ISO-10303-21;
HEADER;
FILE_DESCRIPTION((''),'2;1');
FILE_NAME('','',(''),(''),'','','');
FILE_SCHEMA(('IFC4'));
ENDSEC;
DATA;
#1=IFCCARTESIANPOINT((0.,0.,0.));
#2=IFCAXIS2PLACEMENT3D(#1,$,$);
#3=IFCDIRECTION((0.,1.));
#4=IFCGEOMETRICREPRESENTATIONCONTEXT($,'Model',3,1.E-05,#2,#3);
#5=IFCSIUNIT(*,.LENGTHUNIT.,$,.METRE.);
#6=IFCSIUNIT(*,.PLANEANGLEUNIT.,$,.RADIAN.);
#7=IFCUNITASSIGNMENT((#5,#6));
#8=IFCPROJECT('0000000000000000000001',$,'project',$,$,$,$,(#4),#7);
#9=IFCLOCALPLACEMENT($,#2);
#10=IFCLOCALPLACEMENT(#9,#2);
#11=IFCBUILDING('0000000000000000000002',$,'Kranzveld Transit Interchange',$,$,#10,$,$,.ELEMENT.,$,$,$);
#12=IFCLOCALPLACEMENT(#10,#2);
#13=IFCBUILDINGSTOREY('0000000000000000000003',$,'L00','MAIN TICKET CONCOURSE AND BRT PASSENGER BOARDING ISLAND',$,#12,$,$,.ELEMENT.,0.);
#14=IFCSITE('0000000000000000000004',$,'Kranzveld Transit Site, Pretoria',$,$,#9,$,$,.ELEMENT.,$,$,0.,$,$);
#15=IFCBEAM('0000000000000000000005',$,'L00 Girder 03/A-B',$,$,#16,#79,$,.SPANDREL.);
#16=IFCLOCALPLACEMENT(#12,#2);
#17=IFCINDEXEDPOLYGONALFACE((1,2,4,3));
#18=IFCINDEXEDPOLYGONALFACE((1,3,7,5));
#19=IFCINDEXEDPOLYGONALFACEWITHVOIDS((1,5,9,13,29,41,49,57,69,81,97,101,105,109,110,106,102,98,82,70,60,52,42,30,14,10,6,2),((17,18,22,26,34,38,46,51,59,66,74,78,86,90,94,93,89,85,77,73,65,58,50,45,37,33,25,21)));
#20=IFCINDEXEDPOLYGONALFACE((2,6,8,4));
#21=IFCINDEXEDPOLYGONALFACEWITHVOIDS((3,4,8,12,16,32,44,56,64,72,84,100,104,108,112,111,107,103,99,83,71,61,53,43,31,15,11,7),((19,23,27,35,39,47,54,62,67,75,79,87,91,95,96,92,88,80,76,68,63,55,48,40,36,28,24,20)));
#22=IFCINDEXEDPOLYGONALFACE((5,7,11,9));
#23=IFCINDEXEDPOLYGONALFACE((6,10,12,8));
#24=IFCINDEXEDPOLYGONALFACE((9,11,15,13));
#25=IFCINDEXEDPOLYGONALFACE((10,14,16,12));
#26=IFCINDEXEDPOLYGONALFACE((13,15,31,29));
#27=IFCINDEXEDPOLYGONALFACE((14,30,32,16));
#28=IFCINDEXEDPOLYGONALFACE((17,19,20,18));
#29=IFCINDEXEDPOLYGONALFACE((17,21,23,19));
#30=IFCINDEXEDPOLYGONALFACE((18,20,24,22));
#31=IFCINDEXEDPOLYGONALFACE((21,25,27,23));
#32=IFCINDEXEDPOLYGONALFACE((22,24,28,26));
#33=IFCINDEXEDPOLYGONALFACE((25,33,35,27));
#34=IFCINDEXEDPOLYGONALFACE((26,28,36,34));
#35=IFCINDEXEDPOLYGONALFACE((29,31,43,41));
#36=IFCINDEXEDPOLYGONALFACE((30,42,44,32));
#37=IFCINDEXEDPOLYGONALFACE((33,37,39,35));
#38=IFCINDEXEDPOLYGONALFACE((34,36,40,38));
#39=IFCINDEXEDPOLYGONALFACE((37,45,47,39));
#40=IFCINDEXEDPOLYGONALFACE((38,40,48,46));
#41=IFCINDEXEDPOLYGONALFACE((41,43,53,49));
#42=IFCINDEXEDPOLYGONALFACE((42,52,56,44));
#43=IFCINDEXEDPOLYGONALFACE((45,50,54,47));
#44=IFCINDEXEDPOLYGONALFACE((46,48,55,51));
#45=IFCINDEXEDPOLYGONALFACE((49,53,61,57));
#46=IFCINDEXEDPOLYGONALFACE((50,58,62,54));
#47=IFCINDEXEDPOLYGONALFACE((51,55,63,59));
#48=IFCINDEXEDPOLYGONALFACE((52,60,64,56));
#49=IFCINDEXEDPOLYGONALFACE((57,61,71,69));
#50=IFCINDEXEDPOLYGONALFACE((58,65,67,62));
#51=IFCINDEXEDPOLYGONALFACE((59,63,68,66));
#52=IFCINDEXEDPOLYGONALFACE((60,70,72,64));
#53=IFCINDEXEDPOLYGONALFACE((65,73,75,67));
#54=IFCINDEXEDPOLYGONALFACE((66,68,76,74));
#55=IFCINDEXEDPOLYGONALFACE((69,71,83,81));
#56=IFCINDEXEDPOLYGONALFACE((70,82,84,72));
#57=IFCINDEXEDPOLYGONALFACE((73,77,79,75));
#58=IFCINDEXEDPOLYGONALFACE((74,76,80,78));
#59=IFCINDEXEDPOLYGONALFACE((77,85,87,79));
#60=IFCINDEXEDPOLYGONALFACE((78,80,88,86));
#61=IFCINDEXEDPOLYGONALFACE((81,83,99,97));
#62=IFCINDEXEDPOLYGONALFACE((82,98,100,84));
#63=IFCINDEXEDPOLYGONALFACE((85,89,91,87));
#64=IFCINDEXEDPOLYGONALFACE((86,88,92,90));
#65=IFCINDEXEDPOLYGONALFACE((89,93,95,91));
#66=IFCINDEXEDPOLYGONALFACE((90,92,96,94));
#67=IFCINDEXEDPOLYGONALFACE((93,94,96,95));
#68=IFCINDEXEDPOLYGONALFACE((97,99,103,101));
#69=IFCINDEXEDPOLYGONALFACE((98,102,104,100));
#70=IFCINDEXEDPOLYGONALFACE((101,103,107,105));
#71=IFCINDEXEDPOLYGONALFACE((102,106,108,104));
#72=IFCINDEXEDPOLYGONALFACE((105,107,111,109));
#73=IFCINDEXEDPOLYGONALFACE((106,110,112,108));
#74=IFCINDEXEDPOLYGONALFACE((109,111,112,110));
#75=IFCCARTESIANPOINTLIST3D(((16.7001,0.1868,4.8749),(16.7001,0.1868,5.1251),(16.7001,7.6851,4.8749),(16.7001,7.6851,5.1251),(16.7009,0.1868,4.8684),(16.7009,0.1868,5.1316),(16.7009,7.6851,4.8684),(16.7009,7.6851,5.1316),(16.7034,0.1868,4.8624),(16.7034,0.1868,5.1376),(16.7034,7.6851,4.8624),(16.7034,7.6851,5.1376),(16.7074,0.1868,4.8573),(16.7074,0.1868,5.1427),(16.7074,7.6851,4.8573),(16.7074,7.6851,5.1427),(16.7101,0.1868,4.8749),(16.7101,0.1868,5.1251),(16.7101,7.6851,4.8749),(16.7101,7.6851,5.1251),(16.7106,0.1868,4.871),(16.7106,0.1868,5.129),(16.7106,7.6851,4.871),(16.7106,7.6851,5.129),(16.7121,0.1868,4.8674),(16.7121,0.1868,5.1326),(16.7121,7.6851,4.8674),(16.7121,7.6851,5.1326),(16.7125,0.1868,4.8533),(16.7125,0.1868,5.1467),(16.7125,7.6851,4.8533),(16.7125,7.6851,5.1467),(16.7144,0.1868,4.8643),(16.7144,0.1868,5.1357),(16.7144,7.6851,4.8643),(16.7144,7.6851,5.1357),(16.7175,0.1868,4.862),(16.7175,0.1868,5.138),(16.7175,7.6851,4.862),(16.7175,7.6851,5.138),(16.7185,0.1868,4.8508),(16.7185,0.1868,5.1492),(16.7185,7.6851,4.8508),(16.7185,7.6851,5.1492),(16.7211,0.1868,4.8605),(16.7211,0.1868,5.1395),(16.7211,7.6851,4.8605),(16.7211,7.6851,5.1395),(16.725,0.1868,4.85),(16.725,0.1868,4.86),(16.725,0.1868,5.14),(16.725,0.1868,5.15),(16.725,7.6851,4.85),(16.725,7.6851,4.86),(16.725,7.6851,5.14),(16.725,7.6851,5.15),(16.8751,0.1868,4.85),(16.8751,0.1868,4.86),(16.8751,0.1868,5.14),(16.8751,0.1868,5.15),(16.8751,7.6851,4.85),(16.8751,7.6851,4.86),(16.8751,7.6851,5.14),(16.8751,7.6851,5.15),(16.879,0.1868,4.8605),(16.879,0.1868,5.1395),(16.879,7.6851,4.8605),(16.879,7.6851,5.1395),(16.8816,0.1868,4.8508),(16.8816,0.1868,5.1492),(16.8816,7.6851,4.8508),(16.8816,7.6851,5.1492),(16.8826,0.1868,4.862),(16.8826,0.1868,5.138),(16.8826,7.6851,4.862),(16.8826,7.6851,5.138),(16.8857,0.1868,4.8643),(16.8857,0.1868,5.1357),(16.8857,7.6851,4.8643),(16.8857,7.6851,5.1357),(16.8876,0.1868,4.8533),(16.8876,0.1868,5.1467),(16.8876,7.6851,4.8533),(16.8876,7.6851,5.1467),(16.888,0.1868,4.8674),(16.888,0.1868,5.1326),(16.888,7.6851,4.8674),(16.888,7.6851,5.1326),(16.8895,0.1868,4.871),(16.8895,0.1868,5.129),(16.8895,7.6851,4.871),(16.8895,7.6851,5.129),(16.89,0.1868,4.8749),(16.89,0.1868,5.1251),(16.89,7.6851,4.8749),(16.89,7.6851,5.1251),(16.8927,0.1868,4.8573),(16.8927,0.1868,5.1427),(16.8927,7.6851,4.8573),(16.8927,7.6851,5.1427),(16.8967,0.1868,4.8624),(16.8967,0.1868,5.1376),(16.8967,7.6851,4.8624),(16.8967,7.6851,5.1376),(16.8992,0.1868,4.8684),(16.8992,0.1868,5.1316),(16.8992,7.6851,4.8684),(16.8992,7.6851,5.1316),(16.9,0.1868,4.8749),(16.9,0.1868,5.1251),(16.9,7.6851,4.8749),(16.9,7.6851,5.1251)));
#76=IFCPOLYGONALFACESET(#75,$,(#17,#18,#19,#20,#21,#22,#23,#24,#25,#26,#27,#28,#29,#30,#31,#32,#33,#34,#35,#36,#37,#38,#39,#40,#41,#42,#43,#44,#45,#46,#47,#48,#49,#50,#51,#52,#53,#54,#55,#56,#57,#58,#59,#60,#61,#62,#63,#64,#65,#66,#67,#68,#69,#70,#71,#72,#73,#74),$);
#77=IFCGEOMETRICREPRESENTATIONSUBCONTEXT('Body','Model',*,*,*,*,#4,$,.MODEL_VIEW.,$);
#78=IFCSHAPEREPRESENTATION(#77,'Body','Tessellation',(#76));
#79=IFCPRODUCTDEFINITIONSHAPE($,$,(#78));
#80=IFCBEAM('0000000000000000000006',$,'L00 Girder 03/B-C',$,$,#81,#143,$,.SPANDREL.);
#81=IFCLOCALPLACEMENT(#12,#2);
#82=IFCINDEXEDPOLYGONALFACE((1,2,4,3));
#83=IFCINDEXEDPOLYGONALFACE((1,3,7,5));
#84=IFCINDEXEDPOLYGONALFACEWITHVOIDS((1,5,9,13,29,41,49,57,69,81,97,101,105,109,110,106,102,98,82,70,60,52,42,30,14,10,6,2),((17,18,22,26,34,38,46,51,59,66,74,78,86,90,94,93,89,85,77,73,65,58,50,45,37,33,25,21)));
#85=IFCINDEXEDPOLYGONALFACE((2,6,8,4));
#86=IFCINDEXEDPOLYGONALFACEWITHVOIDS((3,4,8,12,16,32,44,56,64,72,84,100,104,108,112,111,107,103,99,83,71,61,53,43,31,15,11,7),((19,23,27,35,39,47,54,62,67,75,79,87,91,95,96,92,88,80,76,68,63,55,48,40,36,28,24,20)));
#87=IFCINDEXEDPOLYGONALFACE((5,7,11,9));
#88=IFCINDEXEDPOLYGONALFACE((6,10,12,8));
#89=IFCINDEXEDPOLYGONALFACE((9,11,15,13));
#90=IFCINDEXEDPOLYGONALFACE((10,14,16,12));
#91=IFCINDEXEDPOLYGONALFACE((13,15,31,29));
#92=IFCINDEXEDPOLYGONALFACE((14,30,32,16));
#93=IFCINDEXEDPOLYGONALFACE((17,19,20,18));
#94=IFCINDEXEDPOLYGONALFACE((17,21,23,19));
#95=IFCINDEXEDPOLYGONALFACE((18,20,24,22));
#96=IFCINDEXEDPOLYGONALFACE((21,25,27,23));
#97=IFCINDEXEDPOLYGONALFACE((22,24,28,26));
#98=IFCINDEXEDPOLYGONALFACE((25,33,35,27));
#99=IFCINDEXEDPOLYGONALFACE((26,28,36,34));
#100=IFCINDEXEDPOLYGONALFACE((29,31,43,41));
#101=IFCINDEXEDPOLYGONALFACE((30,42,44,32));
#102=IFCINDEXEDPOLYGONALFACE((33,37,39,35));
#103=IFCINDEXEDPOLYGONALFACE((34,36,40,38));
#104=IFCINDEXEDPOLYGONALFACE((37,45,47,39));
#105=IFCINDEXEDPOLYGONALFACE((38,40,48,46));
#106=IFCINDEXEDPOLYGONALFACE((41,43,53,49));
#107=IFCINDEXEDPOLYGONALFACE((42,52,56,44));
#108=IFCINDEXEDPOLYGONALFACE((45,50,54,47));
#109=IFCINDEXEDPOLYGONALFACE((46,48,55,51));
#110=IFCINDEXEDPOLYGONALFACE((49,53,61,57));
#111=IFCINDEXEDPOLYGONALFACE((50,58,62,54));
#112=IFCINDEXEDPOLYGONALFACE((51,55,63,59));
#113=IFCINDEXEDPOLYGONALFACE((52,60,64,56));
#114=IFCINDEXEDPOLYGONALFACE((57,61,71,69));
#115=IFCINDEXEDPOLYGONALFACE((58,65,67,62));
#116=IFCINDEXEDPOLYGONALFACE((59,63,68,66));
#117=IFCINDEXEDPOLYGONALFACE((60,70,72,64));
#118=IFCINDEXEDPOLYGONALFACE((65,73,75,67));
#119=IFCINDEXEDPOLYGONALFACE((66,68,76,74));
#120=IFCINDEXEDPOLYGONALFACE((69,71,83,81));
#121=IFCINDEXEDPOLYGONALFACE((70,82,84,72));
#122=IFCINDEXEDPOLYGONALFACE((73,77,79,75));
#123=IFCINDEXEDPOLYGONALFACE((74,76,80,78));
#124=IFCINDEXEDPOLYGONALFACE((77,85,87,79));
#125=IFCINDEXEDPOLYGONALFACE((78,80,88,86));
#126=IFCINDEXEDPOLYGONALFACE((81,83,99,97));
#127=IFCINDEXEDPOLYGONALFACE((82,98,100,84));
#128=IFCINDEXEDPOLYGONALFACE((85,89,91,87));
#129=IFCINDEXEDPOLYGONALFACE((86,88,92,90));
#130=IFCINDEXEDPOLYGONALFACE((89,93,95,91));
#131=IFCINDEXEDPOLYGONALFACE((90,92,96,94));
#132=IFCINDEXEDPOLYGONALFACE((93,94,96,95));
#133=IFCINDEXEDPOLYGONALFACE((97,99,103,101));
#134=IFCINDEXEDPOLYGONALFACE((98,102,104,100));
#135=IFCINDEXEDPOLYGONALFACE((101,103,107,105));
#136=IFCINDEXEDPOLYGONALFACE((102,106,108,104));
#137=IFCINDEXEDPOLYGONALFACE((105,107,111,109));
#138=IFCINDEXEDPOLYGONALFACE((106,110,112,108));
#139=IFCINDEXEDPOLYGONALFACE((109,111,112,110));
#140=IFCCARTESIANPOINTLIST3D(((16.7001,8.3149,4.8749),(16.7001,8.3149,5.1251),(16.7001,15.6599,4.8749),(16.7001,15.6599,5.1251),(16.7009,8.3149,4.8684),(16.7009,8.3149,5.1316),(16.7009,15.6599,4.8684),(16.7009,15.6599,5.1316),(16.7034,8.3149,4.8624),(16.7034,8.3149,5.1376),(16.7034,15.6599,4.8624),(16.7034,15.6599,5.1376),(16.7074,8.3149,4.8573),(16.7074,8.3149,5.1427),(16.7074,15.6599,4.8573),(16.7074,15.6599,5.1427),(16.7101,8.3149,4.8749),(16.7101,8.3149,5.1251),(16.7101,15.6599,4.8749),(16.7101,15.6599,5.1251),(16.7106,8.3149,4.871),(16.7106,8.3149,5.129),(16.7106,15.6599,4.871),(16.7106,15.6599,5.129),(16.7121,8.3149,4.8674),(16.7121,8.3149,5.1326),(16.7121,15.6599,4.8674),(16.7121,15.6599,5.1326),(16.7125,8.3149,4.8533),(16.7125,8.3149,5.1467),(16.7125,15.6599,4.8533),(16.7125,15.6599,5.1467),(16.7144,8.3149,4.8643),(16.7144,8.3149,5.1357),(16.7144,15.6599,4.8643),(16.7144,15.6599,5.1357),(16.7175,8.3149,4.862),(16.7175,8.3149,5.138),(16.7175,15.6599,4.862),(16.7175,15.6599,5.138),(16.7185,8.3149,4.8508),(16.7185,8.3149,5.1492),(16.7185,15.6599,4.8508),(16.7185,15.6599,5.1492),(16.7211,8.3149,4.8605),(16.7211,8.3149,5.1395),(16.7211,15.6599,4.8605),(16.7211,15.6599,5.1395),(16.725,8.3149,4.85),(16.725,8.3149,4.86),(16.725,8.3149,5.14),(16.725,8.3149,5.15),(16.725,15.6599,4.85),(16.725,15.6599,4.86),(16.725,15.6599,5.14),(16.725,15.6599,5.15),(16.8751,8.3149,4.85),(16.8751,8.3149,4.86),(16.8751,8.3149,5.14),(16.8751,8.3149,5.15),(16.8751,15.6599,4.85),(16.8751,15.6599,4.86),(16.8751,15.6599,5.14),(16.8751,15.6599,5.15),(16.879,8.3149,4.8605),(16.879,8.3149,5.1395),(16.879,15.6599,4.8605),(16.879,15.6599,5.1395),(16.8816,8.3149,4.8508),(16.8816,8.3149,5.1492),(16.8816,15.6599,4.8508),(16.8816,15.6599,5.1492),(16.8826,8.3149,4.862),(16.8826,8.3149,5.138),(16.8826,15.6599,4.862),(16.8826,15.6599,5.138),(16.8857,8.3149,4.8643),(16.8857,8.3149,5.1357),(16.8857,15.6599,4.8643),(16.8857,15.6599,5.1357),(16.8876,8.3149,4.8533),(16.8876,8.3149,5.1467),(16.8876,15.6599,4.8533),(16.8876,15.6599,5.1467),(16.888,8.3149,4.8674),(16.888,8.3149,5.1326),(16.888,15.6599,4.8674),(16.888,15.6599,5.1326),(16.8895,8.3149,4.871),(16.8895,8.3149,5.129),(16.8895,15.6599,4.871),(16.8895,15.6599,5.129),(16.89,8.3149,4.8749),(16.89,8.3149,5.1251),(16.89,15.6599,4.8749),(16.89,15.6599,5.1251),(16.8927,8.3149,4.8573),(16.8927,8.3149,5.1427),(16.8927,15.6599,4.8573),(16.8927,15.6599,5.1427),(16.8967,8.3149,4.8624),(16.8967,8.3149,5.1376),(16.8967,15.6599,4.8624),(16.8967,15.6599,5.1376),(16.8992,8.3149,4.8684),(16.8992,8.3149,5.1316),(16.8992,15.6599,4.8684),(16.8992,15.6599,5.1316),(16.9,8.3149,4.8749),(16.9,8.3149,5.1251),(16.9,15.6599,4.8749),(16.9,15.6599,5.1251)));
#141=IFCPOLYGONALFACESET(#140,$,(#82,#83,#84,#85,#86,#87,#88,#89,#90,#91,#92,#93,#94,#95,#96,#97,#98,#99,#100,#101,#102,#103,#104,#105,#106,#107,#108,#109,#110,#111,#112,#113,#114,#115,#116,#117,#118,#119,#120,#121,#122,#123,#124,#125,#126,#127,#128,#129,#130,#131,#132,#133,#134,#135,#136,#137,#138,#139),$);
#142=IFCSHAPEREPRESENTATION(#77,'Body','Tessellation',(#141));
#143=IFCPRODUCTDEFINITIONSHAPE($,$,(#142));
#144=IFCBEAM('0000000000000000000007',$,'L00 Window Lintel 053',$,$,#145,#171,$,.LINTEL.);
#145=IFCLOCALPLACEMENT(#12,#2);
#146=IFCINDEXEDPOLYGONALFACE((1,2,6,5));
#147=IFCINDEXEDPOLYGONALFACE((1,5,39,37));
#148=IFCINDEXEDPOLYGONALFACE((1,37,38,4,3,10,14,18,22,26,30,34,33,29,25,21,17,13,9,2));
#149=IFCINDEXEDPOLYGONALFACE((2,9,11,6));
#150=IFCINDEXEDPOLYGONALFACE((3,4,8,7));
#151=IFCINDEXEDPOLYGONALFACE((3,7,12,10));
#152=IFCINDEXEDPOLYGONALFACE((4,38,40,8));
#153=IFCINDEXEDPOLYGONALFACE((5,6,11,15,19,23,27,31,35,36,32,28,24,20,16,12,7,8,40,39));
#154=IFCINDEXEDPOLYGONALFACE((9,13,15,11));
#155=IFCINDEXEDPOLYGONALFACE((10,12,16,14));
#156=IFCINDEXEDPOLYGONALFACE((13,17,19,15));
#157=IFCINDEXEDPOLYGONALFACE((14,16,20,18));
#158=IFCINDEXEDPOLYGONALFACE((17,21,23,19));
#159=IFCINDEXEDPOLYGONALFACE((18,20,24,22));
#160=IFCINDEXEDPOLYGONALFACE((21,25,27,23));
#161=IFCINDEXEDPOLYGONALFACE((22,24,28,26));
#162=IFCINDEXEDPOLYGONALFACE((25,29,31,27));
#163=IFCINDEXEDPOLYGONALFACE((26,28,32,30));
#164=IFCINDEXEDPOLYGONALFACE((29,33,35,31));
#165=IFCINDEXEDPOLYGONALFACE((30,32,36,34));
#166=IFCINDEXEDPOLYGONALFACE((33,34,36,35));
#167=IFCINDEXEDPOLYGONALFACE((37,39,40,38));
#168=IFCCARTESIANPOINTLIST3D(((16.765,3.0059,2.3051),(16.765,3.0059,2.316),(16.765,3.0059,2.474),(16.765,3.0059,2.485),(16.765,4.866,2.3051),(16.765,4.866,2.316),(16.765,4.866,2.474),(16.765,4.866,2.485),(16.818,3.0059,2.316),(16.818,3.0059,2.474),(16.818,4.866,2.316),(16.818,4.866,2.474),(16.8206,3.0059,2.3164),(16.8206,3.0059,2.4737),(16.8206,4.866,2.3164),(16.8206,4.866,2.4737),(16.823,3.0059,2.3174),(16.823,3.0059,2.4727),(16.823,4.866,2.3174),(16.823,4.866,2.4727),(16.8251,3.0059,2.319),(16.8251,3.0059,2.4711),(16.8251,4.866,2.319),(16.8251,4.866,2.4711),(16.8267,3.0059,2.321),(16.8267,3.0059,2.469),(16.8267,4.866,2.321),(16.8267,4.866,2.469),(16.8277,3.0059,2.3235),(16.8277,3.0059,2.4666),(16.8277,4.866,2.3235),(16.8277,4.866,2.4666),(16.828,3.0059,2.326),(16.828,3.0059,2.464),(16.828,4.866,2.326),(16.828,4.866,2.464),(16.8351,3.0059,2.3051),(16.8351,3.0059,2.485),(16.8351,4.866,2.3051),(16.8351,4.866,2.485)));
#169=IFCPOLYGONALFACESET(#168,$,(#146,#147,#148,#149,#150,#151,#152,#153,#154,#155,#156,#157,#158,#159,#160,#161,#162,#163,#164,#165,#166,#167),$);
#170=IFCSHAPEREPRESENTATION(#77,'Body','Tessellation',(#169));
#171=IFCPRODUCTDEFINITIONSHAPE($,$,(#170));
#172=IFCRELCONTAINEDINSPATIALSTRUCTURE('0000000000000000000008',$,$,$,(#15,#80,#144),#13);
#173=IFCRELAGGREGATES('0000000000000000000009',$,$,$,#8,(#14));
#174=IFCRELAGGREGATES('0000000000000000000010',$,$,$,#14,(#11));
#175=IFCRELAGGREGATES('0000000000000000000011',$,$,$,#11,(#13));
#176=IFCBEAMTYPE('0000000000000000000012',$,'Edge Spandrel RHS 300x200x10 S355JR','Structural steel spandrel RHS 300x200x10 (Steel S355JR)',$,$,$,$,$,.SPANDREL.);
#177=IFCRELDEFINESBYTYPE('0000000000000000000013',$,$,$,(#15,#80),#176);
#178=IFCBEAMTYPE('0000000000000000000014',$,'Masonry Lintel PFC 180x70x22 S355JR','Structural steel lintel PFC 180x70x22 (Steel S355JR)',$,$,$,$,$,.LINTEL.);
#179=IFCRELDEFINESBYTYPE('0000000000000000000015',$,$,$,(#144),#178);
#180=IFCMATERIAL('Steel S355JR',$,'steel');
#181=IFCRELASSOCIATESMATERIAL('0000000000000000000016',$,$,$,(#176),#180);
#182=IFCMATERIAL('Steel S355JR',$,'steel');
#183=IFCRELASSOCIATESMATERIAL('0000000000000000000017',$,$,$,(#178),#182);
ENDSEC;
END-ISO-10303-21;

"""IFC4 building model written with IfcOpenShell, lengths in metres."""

from ifc_helpers import new_model, si_unit, direction, frame, origin, origin_2d, place, context, subcontext, project, spatial, hollow_rectangle, u_section, extrude, material, material_profile, profile_set, type_object, element, save


model = new_model("IFC4")

# Units and contexts
model_context = context("Model", 3, precision=1e-05, world=origin(), true_north=direction((0.0, 1.0)))
body_context = subcontext(model_context, "Body", "Model", "MODEL_VIEW")
ifc_project = project(units=[si_unit("LENGTHUNIT", "METRE"), si_unit("PLANEANGLEUNIT", "RADIAN")], contexts=[model_context])

# Site, building, storey
site_placement = place(None, origin())
site = spatial("IfcSite", under=ifc_project, at=site_placement, Name="Kranzveld Transit Site, Pretoria", CompositionType="ELEMENT", RefElevation=0.0)
building_placement = place(site_placement, origin())
building = spatial("IfcBuilding", under=site, at=building_placement, Name="Kranzveld Transit Interchange", CompositionType="ELEMENT")
storey_placement = place(building_placement, origin())
storey = spatial("IfcBuildingStorey", under=building, at=storey_placement, Name="L00", Description="MAIN TICKET CONCOURSE AND BRT PASSENGER BOARDING ISLAND", CompositionType="ELEMENT", Elevation=0.0)

# Beams
ifc_material_1 = material(Name="Steel S355JR", Category="steel")
ifc_material_profile_1 = material_profile(ifc_material_1, hollow_rectangle(XDim=0.2, YDim=0.3, WallThickness=0.01, InnerFilletRadius=0.0149, OuterFilletRadius=0.0249, at=origin_2d()), Name="RHS 300x200x10")
ifc_profile_set_1 = profile_set([ifc_material_profile_1], Name="Steel S355JR")
beam_type_1 = type_object("IfcBeamType", Name="Edge Spandrel RHS 300x200x10 S355JR", Description="Structural steel spandrel RHS 300x200x10 (Steel S355JR)", PredefinedType="SPANDREL", material=ifc_profile_set_1)
beam_1_placement = place(storey_placement, frame((16.8, 0.1868, 5.0), z_axis=(0.0, 1.0, 0.0), x_axis=(-1.0, 0.0, 0.0)))
element("IfcBeam", 1, at=beam_1_placement, inside=storey, type_object=beam_type_1, Name="L00 Girder 03/A-B", PredefinedType="SPANDREL", context=body_context, shape_type="SweptSolid", body=[
    extrude(hollow_rectangle(XDim=0.2, YDim=0.3, WallThickness=0.01, InnerFilletRadius=0.0149, OuterFilletRadius=0.0249, at=origin_2d()), origin(), (0.0, 0.0, 1.0), 7.4983),
])
beam_2_placement = place(storey_placement, frame((16.8, 8.3149, 5.0), z_axis=(0.0, 1.0, 0.0), x_axis=(-1.0, 0.0, 0.0)))
element("IfcBeam", 2, at=beam_2_placement, inside=storey, type_object=beam_type_1, Name="L00 Girder 03/B-C", PredefinedType="SPANDREL", context=body_context, shape_type="SweptSolid", body=[
    extrude(hollow_rectangle(XDim=0.2, YDim=0.3, WallThickness=0.01, InnerFilletRadius=0.0149, OuterFilletRadius=0.0249, at=origin_2d()), origin(), (0.0, 0.0, 1.0), 7.345),
])
ifc_material_2 = material(Name="Steel S355JR", Category="steel")
ifc_material_profile_2 = material_profile(ifc_material_2, u_section(Depth=0.1799, FlangeWidth=0.0701, WebThickness=0.0071, FlangeThickness=0.011, FilletRadius=0.01, at=origin_2d()), Name="PFC 180x70x22")
ifc_profile_set_2 = profile_set([ifc_material_profile_2], Name="Steel S355JR")
beam_type_2 = type_object("IfcBeamType", Name="Masonry Lintel PFC 180x70x22 S355JR", Description="Structural steel lintel PFC 180x70x22 (Steel S355JR)", PredefinedType="LINTEL", material=ifc_profile_set_2)
beam_3_placement = place(storey_placement, frame((16.8, 3.0059, 2.395), z_axis=(0.0, 1.0, 0.0), x_axis=(-1.0, 0.0, 0.0)))
element("IfcBeam", 3, at=beam_3_placement, inside=storey, type_object=beam_type_2, Name="L00 Window Lintel 053", PredefinedType="LINTEL", context=body_context, shape_type="SweptSolid", body=[
    extrude(u_section(Depth=0.1799, FlangeWidth=0.0701, WebThickness=0.0071, FlangeThickness=0.011, FilletRadius=0.01, at=origin_2d()), origin(), (0.0, 0.0, 1.0), 1.8601),
])

save(model, "model.ifc")
